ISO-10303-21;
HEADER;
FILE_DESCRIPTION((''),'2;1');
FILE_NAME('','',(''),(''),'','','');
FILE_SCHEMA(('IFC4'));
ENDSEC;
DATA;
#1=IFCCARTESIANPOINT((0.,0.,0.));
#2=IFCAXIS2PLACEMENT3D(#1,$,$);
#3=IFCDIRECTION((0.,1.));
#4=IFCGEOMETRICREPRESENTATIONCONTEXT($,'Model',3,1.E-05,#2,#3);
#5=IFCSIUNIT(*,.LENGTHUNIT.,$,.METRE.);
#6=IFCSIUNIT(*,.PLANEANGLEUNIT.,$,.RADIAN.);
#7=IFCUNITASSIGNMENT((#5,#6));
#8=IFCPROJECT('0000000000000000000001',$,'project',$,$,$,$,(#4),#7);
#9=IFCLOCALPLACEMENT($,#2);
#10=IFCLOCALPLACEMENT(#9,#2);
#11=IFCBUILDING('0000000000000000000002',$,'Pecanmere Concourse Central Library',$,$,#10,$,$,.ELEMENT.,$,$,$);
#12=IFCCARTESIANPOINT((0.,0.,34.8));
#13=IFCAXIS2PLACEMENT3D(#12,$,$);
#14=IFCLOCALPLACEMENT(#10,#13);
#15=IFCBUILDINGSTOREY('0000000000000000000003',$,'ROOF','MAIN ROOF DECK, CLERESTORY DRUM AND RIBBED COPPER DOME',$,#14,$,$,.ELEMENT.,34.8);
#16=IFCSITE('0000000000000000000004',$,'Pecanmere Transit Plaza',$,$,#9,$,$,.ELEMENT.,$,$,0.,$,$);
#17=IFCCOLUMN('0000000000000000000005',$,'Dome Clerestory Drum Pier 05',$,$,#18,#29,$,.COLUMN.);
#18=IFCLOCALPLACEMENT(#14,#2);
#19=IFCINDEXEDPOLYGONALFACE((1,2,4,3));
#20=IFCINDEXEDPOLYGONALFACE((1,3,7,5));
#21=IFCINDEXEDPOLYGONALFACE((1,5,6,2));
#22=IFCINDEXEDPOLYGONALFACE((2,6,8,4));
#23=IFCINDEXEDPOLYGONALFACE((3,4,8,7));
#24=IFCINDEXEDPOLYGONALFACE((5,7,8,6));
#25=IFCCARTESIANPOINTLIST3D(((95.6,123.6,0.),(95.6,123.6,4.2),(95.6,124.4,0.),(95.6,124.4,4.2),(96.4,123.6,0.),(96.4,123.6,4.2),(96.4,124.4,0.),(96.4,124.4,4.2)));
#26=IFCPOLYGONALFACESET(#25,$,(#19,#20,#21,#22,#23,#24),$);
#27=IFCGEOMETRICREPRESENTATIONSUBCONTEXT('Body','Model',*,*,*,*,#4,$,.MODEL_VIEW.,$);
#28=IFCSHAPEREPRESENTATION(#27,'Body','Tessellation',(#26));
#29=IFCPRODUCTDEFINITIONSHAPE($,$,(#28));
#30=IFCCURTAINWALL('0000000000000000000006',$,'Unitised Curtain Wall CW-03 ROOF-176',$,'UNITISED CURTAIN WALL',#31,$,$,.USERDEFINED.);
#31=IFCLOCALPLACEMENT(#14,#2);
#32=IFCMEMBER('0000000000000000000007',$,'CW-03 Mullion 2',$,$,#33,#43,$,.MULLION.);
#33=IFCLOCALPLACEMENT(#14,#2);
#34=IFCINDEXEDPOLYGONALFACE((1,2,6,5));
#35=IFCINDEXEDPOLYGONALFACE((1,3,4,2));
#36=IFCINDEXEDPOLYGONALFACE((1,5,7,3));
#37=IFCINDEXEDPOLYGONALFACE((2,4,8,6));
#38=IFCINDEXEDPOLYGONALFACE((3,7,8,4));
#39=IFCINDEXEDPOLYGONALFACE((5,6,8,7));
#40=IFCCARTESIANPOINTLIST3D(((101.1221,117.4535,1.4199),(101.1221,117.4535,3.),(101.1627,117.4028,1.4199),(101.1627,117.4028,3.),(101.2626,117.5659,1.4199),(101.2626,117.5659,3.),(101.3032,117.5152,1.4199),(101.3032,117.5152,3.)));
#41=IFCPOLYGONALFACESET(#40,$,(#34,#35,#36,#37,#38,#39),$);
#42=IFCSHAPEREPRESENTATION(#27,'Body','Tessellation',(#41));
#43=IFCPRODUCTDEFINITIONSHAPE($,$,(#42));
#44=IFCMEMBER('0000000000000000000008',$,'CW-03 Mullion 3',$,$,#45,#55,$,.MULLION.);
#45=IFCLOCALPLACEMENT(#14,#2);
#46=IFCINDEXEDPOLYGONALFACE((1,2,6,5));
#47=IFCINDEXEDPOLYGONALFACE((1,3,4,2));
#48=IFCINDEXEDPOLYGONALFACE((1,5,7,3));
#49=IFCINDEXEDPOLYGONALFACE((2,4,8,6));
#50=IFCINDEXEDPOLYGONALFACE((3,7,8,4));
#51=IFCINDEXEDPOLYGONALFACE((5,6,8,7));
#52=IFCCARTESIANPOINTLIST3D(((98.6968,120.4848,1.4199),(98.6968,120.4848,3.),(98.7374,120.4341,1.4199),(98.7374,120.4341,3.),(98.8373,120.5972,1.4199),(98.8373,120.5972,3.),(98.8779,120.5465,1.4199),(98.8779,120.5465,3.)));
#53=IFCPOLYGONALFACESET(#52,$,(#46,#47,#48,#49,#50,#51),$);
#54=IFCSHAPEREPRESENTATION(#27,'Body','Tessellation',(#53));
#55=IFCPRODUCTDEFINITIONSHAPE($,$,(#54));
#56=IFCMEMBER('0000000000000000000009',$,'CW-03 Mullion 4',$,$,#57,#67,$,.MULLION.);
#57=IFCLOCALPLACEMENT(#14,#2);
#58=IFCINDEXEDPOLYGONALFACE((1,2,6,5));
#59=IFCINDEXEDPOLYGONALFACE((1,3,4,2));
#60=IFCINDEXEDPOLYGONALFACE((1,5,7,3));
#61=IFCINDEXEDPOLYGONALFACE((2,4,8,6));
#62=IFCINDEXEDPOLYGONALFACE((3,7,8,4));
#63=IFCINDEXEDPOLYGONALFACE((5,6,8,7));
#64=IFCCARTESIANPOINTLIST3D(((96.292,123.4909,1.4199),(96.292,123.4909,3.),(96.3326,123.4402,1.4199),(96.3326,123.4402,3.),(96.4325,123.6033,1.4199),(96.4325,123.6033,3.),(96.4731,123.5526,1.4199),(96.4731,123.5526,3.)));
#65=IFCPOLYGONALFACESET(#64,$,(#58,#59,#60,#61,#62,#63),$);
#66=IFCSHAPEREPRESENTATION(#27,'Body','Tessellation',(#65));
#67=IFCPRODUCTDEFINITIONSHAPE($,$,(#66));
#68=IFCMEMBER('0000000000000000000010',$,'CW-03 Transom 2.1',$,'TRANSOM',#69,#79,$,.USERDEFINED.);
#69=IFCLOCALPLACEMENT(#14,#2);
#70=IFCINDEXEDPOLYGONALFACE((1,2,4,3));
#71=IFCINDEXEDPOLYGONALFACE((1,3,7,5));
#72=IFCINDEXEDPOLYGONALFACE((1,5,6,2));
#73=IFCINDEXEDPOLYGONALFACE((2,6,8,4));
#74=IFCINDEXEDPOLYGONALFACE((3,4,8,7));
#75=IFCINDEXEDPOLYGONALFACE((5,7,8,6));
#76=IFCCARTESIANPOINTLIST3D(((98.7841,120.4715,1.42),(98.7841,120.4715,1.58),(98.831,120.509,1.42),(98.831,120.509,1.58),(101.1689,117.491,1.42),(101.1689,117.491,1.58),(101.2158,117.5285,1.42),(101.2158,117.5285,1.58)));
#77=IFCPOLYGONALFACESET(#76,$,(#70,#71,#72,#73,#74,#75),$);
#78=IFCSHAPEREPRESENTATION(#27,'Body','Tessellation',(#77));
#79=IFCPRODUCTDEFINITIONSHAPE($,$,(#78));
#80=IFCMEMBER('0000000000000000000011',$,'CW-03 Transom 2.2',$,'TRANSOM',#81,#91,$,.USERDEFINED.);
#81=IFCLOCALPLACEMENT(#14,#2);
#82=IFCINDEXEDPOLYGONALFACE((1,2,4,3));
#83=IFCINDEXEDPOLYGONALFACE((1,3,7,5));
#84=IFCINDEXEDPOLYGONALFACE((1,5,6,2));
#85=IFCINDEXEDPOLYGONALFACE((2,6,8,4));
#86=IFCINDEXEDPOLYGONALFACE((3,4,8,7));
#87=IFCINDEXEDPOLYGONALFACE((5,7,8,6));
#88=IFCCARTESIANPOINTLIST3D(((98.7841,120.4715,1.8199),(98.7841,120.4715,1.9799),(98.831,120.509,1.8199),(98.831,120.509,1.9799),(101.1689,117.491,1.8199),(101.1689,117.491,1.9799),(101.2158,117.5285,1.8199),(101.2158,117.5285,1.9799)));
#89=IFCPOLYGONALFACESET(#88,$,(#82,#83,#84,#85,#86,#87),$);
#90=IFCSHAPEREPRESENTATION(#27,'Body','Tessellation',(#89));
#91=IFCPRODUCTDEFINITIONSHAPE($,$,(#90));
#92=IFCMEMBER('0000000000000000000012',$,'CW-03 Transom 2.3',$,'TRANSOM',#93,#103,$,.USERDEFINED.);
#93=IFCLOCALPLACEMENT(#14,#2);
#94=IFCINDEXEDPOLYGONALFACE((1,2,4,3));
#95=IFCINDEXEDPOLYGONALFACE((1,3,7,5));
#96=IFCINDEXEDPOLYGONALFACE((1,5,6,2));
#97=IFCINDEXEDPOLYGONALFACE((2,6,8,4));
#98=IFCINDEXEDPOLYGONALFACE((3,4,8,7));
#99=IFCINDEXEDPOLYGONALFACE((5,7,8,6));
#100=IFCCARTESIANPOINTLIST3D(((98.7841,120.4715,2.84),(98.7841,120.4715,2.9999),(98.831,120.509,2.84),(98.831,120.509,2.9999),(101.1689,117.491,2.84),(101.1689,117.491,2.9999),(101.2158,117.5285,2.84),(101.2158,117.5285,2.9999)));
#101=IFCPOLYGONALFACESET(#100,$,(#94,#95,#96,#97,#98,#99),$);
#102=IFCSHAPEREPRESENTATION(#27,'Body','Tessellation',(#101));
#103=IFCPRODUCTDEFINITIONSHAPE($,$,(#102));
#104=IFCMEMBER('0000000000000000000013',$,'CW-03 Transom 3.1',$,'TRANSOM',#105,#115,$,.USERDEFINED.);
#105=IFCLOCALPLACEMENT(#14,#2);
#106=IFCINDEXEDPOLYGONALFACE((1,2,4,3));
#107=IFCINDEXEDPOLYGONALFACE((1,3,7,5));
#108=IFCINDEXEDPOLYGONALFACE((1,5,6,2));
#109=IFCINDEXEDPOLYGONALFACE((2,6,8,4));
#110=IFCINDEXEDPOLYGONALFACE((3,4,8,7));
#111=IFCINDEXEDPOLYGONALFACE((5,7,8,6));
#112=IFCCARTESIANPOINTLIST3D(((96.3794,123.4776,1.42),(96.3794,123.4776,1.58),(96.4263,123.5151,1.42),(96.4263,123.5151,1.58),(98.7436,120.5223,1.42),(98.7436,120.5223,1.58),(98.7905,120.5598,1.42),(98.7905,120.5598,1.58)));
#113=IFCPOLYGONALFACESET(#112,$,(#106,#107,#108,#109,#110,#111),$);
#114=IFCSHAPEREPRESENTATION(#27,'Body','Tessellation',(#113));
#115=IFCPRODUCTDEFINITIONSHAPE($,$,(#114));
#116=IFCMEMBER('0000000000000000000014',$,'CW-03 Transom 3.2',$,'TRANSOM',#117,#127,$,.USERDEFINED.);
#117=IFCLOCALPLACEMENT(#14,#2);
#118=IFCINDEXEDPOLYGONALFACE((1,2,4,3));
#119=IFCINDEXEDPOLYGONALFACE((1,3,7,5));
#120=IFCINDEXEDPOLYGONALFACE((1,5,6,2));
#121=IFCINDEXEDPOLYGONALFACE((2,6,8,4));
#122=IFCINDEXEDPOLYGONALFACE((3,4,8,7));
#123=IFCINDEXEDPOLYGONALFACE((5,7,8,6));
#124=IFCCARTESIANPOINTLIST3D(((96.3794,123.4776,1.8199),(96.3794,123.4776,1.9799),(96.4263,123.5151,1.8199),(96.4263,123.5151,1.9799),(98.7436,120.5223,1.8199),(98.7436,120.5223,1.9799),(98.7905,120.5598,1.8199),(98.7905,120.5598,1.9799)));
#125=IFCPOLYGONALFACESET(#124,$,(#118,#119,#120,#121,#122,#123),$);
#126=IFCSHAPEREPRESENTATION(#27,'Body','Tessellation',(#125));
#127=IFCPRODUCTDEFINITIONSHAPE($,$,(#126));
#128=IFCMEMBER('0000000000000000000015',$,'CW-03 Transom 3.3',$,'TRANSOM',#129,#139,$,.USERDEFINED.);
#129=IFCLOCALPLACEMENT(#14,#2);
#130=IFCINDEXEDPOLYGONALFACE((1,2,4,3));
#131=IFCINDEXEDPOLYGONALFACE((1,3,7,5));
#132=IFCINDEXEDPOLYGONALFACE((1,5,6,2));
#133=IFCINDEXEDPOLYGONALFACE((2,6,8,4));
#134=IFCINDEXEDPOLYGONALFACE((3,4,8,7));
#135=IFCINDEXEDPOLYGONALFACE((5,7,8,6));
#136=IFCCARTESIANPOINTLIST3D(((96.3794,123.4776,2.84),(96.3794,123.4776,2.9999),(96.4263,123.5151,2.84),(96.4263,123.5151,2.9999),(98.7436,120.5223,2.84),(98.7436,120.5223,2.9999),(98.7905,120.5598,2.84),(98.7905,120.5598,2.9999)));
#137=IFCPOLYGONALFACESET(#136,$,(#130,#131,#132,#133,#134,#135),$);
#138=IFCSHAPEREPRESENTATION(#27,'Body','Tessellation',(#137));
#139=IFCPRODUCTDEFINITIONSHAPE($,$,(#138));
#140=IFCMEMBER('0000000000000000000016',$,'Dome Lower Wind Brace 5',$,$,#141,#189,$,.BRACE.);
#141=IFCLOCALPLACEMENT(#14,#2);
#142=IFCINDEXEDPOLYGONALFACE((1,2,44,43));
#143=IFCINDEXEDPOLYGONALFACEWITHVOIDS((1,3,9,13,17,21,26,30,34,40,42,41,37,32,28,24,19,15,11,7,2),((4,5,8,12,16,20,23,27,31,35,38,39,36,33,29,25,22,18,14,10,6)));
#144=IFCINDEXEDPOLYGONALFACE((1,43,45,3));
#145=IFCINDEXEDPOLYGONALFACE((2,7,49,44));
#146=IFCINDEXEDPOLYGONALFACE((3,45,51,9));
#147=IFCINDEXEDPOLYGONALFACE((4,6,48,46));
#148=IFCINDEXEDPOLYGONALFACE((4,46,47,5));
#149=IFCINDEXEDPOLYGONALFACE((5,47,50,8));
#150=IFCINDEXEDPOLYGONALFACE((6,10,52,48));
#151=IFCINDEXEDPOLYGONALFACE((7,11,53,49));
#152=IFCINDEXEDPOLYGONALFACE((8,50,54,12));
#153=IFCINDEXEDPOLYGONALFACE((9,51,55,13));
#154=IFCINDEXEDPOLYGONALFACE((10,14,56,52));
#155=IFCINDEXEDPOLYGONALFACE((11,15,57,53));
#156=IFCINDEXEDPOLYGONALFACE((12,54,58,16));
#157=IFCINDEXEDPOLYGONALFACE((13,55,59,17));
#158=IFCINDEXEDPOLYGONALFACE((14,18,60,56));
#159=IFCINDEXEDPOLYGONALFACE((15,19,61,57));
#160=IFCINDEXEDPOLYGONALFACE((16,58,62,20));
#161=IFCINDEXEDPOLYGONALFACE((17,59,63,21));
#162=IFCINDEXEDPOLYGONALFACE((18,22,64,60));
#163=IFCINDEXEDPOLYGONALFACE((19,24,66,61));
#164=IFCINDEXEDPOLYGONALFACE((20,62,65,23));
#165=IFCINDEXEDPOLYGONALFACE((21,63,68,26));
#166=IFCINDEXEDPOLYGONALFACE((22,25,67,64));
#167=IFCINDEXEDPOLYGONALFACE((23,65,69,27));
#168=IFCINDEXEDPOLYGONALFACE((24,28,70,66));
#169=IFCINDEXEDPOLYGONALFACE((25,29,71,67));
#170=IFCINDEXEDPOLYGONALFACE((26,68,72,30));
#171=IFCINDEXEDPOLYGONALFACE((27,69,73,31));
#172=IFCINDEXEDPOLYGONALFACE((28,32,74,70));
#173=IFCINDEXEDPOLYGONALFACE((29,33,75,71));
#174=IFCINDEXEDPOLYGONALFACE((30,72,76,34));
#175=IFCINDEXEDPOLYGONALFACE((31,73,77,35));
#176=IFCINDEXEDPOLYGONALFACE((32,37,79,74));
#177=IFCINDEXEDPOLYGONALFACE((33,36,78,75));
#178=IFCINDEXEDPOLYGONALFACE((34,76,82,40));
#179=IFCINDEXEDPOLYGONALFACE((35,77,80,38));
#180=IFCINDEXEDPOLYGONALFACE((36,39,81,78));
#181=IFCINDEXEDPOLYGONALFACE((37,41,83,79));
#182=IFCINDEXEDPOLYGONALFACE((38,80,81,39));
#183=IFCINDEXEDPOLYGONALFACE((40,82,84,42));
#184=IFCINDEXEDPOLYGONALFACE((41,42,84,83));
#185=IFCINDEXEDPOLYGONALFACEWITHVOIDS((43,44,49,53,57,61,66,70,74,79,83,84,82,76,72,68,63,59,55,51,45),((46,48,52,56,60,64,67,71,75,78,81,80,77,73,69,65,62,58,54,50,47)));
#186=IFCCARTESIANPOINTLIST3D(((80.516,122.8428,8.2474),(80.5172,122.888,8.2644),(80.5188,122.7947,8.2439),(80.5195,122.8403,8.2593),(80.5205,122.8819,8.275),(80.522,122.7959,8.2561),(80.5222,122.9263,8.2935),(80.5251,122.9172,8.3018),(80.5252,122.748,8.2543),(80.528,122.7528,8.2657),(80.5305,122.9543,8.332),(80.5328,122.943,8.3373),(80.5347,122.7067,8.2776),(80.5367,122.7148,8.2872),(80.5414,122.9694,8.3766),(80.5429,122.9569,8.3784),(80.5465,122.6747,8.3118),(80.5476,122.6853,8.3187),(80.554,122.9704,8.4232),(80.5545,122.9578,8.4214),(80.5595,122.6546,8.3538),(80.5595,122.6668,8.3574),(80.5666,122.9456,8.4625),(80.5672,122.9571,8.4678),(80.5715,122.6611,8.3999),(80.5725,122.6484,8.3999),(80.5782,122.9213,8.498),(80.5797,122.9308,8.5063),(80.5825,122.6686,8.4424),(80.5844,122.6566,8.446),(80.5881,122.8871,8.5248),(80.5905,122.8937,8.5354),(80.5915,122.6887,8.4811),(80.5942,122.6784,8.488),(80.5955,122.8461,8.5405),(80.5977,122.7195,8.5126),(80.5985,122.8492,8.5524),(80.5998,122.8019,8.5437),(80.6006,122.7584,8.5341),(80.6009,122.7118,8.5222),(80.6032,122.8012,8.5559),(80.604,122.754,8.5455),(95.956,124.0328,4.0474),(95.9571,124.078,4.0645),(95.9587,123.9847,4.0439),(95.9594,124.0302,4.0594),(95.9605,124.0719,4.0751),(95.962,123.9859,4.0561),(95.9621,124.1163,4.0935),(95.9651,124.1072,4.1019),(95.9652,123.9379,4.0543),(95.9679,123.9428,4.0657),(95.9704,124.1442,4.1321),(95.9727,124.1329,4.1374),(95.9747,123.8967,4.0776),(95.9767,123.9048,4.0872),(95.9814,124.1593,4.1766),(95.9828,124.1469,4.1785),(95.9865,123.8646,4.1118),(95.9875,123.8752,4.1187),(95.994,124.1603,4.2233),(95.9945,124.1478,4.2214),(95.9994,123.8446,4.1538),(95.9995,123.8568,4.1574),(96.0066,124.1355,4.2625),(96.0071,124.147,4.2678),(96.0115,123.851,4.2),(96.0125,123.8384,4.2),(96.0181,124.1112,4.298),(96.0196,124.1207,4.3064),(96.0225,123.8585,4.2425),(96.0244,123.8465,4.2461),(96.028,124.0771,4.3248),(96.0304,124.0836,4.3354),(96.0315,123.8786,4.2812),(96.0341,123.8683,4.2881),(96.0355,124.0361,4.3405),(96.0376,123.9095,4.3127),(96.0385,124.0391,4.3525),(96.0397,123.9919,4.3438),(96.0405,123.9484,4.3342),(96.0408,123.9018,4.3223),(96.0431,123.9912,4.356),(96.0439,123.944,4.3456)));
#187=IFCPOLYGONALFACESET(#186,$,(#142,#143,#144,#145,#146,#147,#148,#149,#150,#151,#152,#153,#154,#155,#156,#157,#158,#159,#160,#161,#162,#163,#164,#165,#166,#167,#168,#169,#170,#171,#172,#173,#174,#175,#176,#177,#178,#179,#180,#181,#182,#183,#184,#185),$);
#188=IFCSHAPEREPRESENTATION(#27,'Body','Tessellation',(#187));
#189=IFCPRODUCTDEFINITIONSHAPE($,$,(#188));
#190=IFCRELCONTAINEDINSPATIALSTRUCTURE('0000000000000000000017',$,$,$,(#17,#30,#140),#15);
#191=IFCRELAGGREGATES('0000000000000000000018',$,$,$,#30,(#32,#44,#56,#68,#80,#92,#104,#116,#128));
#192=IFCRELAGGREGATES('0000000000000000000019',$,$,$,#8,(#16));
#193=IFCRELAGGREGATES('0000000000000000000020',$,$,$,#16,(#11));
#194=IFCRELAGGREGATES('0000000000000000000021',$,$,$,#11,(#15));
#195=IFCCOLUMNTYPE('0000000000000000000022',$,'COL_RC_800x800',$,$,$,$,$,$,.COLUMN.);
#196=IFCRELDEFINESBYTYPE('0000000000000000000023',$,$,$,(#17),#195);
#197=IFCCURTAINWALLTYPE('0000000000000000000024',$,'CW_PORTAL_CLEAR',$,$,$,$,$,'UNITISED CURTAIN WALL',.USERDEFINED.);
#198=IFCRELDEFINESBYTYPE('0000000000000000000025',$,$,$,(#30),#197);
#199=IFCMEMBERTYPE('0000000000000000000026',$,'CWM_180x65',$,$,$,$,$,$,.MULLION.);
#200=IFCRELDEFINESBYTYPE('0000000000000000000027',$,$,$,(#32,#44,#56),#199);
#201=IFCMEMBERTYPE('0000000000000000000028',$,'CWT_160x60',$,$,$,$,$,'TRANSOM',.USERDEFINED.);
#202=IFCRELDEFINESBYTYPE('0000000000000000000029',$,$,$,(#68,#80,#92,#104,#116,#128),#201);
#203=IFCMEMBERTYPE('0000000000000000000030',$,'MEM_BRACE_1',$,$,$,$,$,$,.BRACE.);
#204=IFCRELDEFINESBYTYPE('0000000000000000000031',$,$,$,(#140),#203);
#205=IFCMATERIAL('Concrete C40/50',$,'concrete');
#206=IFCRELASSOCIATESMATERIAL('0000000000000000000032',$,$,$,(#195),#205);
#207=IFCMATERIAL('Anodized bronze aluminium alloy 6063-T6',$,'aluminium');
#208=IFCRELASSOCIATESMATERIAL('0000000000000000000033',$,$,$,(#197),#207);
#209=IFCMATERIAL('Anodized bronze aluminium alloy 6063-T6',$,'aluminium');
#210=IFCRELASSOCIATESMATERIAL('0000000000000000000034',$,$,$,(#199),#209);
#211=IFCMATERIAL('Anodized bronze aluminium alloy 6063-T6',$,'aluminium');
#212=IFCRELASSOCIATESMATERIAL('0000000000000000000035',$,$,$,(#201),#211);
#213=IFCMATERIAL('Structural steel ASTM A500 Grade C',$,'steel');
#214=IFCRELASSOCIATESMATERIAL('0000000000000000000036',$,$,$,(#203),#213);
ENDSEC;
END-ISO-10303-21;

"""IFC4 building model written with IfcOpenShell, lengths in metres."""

from ifc_helpers import new_model, si_unit, direction, frame, origin, origin_2d, place, context, subcontext, project, spatial, rectangle, hollow_circle, extrude, material, material_profile, profile_set, type_object, element, aggregate, save


model = new_model("IFC4")

# Units and contexts
model_context = context("Model", 3, precision=1e-05, world=origin(), true_north=direction((0.0, 1.0)))
body_context = subcontext(model_context, "Body", "Model", "MODEL_VIEW")
ifc_project = project(units=[si_unit("LENGTHUNIT", "METRE"), si_unit("PLANEANGLEUNIT", "RADIAN")], contexts=[model_context])

# Site, building, storey
site_placement = place(None, origin())
site = spatial("IfcSite", under=ifc_project, at=site_placement, Name="Pecanmere Transit Plaza", CompositionType="ELEMENT", RefElevation=0.0)
building_placement = place(site_placement, origin())
building = spatial("IfcBuilding", under=site, at=building_placement, Name="Pecanmere Concourse Central Library", CompositionType="ELEMENT")
storey_placement = place(building_placement, frame((0.0, 0.0, 34.8)))
storey = spatial("IfcBuildingStorey", under=building, at=storey_placement, Name="ROOF", Description="MAIN ROOF DECK, CLERESTORY DRUM AND RIBBED COPPER DOME", CompositionType="ELEMENT", Elevation=34.8)

# Column
ifc_material_1 = material(Name="Concrete C40/50", Category="concrete")
ifc_material_profile_1 = material_profile(ifc_material_1, rectangle(XDim=0.8, YDim=0.8, at=origin_2d()), Name="RC 800x800")
ifc_profile_set_1 = profile_set([ifc_material_profile_1], Name="Concrete C40/50")
column_type = type_object("IfcColumnType", Name="COL_RC_800x800", PredefinedType="COLUMN", material=ifc_profile_set_1)
column_placement = place(storey_placement, frame((96.0, 124.0, 0.0), z_axis=(0.0, 0.0, 1.0), x_axis=(1.0, 0.0, 0.0)))
element("IfcColumn", 1, at=column_placement, inside=storey, type_object=column_type, Name="Dome Clerestory Drum Pier 05", PredefinedType="COLUMN", context=body_context, shape_type="SweptSolid", body=[
    extrude(rectangle(XDim=0.8, YDim=0.8, at=origin_2d()), origin(), (0.0, 0.0, 1.0), 4.2),
])

# Curtain wall, members
ifc_material_2 = material(Name="Anodized bronze aluminium alloy 6063-T6", Category="aluminium")
curtain_wall_type = type_object("IfcCurtainWallType", Name="CW_PORTAL_CLEAR", ElementType="UNITISED CURTAIN WALL", PredefinedType="USERDEFINED", material=ifc_material_2)
curtain_wall_placement = place(storey_placement, origin())
curtain_wall = element("IfcCurtainWall", 2, at=curtain_wall_placement, inside=storey, type_object=curtain_wall_type, Name="Unitised Curtain Wall CW-03 ROOF-176", ObjectType="UNITISED CURTAIN WALL", PredefinedType="USERDEFINED")
ifc_material_3 = material(Name="Anodized bronze aluminium alloy 6063-T6", Category="aluminium")
ifc_material_profile_2 = material_profile(ifc_material_3, rectangle(XDim=0.0649, YDim=0.1799, at=origin_2d()), Name="AL 65x180")
ifc_profile_set_2 = profile_set([ifc_material_profile_2], Name="Anodized bronze aluminium alloy 6063-T6")
member_type_1 = type_object("IfcMemberType", Name="CWM_180x65", PredefinedType="MULLION", material=ifc_profile_set_2)
member_1_placement = place(storey_placement, frame((101.2126, 117.4844, 1.4199), z_axis=(0.0, 0.0, 1.0), x_axis=(-0.624697, 0.780867, 0.0)))
member_1 = element("IfcMember", 3, at=member_1_placement, type_object=member_type_1, Name="CW-03 Mullion 2", PredefinedType="MULLION", context=body_context, shape_type="SweptSolid", body=[
    extrude(rectangle(XDim=0.0649, YDim=0.1799, at=origin_2d()), origin(), (0.0, 0.0, 1.0), 1.5801),
])
member_2_placement = place(storey_placement, frame((98.7874, 120.5156, 1.4199), z_axis=(0.0, 0.0, 1.0), x_axis=(-0.624697, 0.780867, 0.0)))
member_2 = element("IfcMember", 4, at=member_2_placement, type_object=member_type_1, Name="CW-03 Mullion 3", PredefinedType="MULLION", context=body_context, shape_type="SweptSolid", body=[
    extrude(rectangle(XDim=0.0649, YDim=0.1799, at=origin_2d()), origin(), (0.0, 0.0, 1.0), 1.5801),
])
member_3_placement = place(storey_placement, frame((96.3826, 123.5217, 1.4199), z_axis=(0.0, 0.0, 1.0), x_axis=(-0.624697, 0.780867, 0.0)))
member_3 = element("IfcMember", 5, at=member_3_placement, type_object=member_type_1, Name="CW-03 Mullion 4", PredefinedType="MULLION", context=body_context, shape_type="SweptSolid", body=[
    extrude(rectangle(XDim=0.0649, YDim=0.1799, at=origin_2d()), origin(), (0.0, 0.0, 1.0), 1.5801),
])
ifc_material_4 = material(Name="Anodized bronze aluminium alloy 6063-T6", Category="aluminium")
ifc_material_profile_3 = material_profile(ifc_material_4, rectangle(XDim=0.0601, YDim=0.1599, at=origin_2d()), Name="AL 60x160")
ifc_profile_set_3 = profile_set([ifc_material_profile_3], Name="Anodized bronze aluminium alloy 6063-T6")
member_type_2 = type_object("IfcMemberType", Name="CWT_160x60", ElementType="TRANSOM", PredefinedType="USERDEFINED", material=ifc_profile_set_3)
member_4_placement = place(storey_placement, frame((101.1924, 117.5098, 1.5), z_axis=(-0.624757, 0.780819, 0.0), x_axis=(-0.780819, -0.624757, 0.0)))
member_4 = element("IfcMember", 6, at=member_4_placement, type_object=member_type_2, Name="CW-03 Transom 2.1", ObjectType="TRANSOM", PredefinedType="USERDEFINED", context=body_context, shape_type="SweptSolid", body=[
    extrude(rectangle(XDim=0.0601, YDim=0.1599, at=origin_2d()), origin(), (0.0, 0.0, 1.0), 3.8171),
])
member_5_placement = place(storey_placement, frame((101.1924, 117.5098, 1.8999), z_axis=(-0.624757, 0.780819, 0.0), x_axis=(-0.780819, -0.624757, 0.0)))
member_5 = element("IfcMember", 7, at=member_5_placement, type_object=member_type_2, Name="CW-03 Transom 2.2", ObjectType="TRANSOM", PredefinedType="USERDEFINED", context=body_context, shape_type="SweptSolid", body=[
    extrude(rectangle(XDim=0.0601, YDim=0.1599, at=origin_2d()), origin(), (0.0, 0.0, 1.0), 3.8171),
])
member_6_placement = place(storey_placement, frame((101.1924, 117.5098, 2.9199), z_axis=(-0.624757, 0.780819, 0.0), x_axis=(-0.780819, -0.624757, 0.0)))
member_6 = element("IfcMember", 8, at=member_6_placement, type_object=member_type_2, Name="CW-03 Transom 2.3", ObjectType="TRANSOM", PredefinedType="USERDEFINED", context=body_context, shape_type="SweptSolid", body=[
    extrude(rectangle(XDim=0.0601, YDim=0.1599, at=origin_2d()), origin(), (0.0, 0.0, 1.0), 3.8171),
])
member_7_placement = place(storey_placement, frame((98.7671, 120.541, 1.5), z_axis=(-0.624695, 0.780869, 0.0), x_axis=(-0.780869, -0.624695, 0.0)))
member_7 = element("IfcMember", 9, at=member_7_placement, type_object=member_type_2, Name="CW-03 Transom 3.1", ObjectType="TRANSOM", PredefinedType="USERDEFINED", context=body_context, shape_type="SweptSolid", body=[
    extrude(rectangle(XDim=0.0601, YDim=0.1599, at=origin_2d()), origin(), (0.0, 0.0, 1.0), 3.7847),
])
member_8_placement = place(storey_placement, frame((98.7671, 120.541, 1.8999), z_axis=(-0.624695, 0.780869, 0.0), x_axis=(-0.780869, -0.624695, 0.0)))
member_8 = element("IfcMember", 10, at=member_8_placement, type_object=member_type_2, Name="CW-03 Transom 3.2", ObjectType="TRANSOM", PredefinedType="USERDEFINED", context=body_context, shape_type="SweptSolid", body=[
    extrude(rectangle(XDim=0.0601, YDim=0.1599, at=origin_2d()), origin(), (0.0, 0.0, 1.0), 3.7847),
])
member_9_placement = place(storey_placement, frame((98.7671, 120.541, 2.9199), z_axis=(-0.624695, 0.780869, 0.0), x_axis=(-0.780869, -0.624695, 0.0)))
member_9 = element("IfcMember", 11, at=member_9_placement, type_object=member_type_2, Name="CW-03 Transom 3.3", ObjectType="TRANSOM", PredefinedType="USERDEFINED", context=body_context, shape_type="SweptSolid", body=[
    extrude(rectangle(XDim=0.0601, YDim=0.1599, at=origin_2d()), origin(), (0.0, 0.0, 1.0), 3.7847),
])

# Member
ifc_material_5 = material(Name="Structural steel ASTM A500 Grade C", Category="steel")
ifc_material_profile_4 = material_profile(ifc_material_5, hollow_circle(Radius=0.1621, WallThickness=0.0127, at=origin_2d()), Name="HSS323.9x12.7")
ifc_profile_set_4 = profile_set([ifc_material_profile_4], Name="Structural steel ASTM A500 Grade C")
member_type_3 = type_object("IfcMemberType", Name="MEM_BRACE_1", PredefinedType="BRACE", material=ifc_profile_set_4)
member_10_placement = place(storey_placement, frame((96.0, 124.0, 4.2), z_axis=(-0.96228, -0.074162, 0.261758), x_axis=(0.076841, -0.997043, 0.0)))
element("IfcMember", 12, at=member_10_placement, inside=storey, type_object=member_type_3, Name="Dome Lower Wind Brace 5", PredefinedType="BRACE", context=body_context, shape_type="SweptSolid", body=[
    extrude(hollow_circle(Radius=0.1621, WallThickness=0.0127, at=origin_2d()), origin(), (0.0, 0.0, 1.0), 16.0452),
])

aggregate(curtain_wall, [member_1, member_2, member_3, member_4, member_5, member_6, member_7, member_8, member_9])

save(model, "model.ifc")
